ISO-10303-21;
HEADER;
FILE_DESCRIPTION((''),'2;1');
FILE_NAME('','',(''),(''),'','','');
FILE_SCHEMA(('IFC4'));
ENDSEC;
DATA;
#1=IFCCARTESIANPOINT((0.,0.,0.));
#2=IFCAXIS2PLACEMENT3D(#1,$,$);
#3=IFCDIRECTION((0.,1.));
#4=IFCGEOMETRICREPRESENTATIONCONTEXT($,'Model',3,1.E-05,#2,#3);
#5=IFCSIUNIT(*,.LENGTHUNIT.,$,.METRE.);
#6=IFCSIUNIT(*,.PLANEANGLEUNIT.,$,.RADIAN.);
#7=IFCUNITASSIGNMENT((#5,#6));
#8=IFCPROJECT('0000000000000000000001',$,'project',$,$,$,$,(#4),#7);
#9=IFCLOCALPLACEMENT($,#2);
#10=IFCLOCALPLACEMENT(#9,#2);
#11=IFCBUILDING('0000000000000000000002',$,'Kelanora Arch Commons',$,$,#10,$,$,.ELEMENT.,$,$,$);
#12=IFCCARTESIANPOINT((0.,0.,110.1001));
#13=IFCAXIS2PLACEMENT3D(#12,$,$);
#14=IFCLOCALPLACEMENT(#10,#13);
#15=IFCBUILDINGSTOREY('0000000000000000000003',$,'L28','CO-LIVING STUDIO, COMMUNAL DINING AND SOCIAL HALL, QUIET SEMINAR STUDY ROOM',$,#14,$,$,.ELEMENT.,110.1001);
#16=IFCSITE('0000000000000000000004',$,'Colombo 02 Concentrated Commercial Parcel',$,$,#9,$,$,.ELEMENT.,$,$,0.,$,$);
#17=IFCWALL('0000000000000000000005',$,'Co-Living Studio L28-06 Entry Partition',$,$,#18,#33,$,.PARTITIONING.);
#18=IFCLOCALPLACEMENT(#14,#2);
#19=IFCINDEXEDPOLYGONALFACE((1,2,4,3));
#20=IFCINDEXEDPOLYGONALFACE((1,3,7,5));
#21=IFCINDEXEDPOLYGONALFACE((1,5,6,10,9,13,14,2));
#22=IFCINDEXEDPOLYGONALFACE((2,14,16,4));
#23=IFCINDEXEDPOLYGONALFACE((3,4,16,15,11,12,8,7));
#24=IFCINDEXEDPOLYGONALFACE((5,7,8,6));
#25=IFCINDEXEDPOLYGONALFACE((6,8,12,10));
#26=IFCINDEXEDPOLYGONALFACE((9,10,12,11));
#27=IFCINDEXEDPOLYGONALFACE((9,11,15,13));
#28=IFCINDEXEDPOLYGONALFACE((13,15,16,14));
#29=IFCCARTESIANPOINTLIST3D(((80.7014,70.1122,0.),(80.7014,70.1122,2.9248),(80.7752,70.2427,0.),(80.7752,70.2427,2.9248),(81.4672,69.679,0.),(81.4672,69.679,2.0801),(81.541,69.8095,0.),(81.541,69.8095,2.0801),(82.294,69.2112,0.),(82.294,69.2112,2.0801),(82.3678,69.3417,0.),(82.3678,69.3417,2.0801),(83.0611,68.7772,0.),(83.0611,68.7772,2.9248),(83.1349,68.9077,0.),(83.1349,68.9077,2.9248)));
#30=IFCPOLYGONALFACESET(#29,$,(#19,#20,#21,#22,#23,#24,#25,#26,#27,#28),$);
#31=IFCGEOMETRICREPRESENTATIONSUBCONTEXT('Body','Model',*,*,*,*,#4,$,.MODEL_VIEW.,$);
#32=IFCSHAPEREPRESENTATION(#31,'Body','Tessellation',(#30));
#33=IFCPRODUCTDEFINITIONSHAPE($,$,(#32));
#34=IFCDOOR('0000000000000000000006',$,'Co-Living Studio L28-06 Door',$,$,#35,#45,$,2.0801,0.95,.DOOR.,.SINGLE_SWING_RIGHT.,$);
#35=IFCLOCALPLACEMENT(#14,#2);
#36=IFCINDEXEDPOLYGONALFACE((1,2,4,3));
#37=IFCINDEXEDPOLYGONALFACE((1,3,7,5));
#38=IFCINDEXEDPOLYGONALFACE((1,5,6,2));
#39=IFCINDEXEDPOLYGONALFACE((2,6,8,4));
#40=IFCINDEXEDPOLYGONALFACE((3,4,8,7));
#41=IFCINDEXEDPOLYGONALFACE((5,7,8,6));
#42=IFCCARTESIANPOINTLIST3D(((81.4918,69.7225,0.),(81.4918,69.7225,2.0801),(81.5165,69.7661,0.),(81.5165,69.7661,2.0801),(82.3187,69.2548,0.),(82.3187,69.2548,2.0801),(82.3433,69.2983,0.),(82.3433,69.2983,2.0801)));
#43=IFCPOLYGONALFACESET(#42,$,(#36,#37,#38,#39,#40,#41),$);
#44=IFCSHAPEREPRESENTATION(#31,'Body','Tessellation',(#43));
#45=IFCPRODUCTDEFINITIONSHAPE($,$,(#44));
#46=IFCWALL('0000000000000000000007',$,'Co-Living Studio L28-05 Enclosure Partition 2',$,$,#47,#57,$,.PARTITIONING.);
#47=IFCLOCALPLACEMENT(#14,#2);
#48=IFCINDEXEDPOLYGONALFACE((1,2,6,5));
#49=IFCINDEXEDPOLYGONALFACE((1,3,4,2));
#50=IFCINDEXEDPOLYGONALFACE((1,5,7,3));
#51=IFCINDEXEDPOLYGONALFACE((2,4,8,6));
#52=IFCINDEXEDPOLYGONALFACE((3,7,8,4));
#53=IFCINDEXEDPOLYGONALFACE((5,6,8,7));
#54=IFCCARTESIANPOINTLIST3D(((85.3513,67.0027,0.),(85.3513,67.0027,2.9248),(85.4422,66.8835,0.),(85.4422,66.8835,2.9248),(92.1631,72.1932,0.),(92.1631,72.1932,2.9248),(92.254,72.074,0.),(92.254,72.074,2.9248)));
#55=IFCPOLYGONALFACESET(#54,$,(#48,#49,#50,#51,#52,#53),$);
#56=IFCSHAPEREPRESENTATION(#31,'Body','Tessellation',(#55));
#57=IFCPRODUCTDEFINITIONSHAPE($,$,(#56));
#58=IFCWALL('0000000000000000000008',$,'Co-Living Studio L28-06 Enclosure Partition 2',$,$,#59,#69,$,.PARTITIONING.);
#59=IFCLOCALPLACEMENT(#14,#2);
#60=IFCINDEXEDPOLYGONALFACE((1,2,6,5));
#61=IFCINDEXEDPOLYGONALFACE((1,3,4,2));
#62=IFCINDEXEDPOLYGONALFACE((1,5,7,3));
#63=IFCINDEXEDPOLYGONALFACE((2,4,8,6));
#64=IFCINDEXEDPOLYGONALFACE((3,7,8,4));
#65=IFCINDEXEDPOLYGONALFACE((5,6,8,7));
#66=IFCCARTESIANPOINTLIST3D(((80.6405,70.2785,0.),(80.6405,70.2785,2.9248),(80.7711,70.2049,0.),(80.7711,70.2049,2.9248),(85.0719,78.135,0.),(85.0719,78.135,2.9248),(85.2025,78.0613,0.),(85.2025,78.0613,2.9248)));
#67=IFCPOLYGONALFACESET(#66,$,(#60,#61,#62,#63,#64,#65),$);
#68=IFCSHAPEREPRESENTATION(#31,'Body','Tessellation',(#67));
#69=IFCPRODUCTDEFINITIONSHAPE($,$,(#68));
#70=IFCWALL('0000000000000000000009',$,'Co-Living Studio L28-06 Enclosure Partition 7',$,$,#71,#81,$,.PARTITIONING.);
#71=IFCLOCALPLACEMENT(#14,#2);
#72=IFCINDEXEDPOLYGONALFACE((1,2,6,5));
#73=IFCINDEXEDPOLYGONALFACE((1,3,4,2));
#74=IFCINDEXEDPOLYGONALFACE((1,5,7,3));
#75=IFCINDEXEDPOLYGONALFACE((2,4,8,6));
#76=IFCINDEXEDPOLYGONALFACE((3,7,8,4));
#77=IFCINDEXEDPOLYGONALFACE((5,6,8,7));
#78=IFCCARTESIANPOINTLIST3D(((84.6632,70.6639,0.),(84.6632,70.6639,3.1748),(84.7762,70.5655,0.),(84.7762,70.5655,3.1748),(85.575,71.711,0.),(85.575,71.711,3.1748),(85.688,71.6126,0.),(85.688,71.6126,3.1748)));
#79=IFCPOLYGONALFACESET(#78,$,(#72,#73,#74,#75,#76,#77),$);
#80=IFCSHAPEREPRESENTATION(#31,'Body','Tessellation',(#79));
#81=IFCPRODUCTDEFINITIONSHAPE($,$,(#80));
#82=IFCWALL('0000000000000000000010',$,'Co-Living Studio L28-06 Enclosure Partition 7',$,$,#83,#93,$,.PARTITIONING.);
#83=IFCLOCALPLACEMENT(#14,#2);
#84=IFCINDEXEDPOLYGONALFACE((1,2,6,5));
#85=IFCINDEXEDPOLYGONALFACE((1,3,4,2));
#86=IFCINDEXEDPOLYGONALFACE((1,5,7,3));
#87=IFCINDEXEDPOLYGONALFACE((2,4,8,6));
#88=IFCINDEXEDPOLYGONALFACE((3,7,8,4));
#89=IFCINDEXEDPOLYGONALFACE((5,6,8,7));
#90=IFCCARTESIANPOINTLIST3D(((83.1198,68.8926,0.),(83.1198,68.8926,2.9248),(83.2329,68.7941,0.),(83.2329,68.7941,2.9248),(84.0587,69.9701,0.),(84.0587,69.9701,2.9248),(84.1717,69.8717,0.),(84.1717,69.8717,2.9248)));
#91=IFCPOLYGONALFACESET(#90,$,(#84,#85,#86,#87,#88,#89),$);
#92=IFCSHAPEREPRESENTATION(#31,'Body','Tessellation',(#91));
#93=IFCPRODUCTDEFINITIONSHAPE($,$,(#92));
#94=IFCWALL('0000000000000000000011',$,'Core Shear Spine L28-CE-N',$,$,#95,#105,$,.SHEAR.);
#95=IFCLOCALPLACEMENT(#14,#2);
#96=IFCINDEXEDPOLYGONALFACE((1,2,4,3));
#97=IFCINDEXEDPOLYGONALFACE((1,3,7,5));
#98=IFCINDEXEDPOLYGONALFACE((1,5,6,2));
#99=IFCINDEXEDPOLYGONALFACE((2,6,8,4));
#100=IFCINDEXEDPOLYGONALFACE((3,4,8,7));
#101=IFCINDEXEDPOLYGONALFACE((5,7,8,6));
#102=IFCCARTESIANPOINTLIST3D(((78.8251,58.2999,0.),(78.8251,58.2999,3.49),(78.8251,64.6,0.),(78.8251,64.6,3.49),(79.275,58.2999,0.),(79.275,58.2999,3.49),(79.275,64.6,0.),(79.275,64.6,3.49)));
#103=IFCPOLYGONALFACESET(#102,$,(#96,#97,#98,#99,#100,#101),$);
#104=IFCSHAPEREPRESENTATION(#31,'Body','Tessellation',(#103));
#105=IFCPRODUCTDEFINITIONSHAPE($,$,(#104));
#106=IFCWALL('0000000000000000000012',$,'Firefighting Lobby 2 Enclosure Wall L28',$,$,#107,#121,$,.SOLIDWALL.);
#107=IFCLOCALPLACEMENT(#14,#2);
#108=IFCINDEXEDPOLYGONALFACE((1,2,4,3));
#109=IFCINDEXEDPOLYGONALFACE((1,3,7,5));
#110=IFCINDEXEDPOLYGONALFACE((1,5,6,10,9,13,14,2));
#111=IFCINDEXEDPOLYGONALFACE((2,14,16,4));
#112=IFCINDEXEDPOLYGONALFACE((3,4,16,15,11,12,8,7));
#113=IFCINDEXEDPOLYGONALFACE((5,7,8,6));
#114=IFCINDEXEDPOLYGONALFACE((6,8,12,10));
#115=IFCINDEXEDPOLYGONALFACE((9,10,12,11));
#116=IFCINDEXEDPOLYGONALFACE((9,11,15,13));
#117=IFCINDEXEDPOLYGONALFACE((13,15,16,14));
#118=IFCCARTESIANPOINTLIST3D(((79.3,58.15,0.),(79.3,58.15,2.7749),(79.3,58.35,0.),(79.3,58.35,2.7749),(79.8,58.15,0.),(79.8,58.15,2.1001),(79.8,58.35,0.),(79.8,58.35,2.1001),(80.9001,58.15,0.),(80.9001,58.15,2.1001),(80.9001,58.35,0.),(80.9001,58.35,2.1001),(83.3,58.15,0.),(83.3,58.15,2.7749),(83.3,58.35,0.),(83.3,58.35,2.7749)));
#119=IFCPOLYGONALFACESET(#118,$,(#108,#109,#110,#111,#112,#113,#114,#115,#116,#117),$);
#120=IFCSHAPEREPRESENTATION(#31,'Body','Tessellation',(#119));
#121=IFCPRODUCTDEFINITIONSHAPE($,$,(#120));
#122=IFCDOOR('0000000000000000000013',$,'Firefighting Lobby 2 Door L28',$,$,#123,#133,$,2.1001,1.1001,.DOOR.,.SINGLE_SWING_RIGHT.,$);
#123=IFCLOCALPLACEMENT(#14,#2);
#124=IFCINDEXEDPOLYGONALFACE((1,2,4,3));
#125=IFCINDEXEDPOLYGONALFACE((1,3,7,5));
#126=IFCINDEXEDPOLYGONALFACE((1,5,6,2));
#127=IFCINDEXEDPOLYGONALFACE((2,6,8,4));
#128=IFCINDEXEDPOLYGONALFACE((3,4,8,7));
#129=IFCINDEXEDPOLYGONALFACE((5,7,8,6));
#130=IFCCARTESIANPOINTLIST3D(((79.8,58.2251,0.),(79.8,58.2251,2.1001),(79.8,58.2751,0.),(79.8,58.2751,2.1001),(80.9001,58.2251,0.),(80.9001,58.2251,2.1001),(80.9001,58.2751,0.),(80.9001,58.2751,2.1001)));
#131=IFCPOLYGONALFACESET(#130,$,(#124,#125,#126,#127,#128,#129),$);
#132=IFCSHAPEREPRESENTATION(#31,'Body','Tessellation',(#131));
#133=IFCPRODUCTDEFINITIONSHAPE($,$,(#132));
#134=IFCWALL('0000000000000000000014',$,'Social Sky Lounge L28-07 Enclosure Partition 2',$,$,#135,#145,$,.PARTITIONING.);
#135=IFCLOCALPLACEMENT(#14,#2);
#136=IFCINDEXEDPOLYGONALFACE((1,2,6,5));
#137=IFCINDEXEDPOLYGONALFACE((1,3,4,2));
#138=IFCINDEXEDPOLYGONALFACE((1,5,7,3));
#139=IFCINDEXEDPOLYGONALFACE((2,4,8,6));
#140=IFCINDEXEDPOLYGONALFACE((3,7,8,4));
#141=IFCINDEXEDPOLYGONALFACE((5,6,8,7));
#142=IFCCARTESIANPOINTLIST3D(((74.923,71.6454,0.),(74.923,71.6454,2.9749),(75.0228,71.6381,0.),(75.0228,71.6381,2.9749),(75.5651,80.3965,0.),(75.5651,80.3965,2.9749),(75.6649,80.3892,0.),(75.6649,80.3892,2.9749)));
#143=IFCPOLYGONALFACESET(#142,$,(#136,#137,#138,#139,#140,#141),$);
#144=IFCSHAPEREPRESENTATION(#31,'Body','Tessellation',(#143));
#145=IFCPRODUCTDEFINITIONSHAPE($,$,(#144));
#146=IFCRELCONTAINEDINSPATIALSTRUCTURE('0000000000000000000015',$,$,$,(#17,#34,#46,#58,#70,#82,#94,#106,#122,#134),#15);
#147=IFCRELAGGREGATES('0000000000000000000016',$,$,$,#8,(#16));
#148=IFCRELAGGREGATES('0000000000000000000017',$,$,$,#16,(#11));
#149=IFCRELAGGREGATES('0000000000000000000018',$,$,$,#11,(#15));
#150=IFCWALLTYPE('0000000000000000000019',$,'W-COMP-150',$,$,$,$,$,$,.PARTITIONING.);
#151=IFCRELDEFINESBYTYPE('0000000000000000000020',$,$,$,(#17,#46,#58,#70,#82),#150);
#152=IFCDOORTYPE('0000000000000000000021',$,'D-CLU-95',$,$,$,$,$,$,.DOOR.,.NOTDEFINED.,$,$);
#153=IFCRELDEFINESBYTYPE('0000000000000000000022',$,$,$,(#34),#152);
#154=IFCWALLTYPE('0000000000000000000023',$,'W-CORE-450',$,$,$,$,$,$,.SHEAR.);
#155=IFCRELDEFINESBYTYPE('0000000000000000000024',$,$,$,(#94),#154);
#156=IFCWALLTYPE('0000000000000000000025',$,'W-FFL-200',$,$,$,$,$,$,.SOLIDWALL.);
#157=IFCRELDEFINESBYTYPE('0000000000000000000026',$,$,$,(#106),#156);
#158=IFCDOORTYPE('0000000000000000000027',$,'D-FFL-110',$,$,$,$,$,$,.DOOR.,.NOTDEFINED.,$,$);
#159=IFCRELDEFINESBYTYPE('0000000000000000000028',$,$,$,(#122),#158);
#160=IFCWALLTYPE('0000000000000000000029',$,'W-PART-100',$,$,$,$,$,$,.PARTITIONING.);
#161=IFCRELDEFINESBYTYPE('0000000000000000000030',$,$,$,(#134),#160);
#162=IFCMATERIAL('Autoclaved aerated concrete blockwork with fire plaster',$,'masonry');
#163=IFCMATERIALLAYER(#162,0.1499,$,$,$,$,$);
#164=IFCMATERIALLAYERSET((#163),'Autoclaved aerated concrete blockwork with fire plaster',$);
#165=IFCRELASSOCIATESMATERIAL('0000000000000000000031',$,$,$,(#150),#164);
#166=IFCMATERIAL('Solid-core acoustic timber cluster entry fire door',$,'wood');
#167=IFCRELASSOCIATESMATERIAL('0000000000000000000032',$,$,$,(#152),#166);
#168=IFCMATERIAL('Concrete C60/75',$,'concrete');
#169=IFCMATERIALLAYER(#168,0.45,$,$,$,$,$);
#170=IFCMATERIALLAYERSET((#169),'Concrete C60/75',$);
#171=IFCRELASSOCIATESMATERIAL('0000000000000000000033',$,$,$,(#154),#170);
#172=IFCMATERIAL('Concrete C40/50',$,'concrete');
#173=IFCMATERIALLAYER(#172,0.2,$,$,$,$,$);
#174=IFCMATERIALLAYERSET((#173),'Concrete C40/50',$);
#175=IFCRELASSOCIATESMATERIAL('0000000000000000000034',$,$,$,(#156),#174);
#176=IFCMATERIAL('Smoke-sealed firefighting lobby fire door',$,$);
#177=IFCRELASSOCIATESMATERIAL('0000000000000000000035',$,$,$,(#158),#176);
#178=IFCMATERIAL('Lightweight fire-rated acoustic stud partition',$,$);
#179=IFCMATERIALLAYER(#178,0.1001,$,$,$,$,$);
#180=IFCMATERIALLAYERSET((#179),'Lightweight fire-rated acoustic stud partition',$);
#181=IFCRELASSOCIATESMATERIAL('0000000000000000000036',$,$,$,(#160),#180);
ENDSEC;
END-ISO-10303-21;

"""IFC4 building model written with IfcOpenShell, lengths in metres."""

from ifc_helpers import new_model, si_unit, direction, frame, frame_2d, origin, place, context, subcontext, project, spatial, rectangle, extrude, material, layer, layer_set, type_object, element, fill, save


model = new_model("IFC4")

# Units and contexts
model_context = context("Model", 3, precision=1e-05, world=origin(), true_north=direction((0.0, 1.0)))
body_context = subcontext(model_context, "Body", "Model", "MODEL_VIEW")
ifc_project = project(units=[si_unit("LENGTHUNIT", "METRE"), si_unit("PLANEANGLEUNIT", "RADIAN")], contexts=[model_context])

# Site, building, storey
site_placement = place(None, origin())
site = spatial("IfcSite", under=ifc_project, at=site_placement, Name="Colombo 02 Concentrated Commercial Parcel", CompositionType="ELEMENT", RefElevation=0.0)
building_placement = place(site_placement, origin())
building = spatial("IfcBuilding", under=site, at=building_placement, Name="Kelanora Arch Commons", CompositionType="ELEMENT")
storey_placement = place(building_placement, frame((0.0, 0.0, 110.1001)))
storey = spatial("IfcBuildingStorey", under=building, at=storey_placement, Name="L28", Description="CO-LIVING STUDIO, COMMUNAL DINING AND SOCIAL HALL, QUIET SEMINAR STUDY ROOM", CompositionType="ELEMENT", Elevation=110.1001)

# Shared definitions
ifc_material_1 = material(Name="Concrete C60/75", Category="concrete")

# Shared definitions
ifc_material_2 = material(Name="Autoclaved aerated concrete blockwork with fire plaster", Category="masonry")
ifc_layer_1 = layer(ifc_material_2, 0.1499)
ifc_layer_set_1 = layer_set([ifc_layer_1], Name="Autoclaved aerated concrete blockwork with fire plaster")
wall_type_1 = type_object("IfcWallType", Name="W-COMP-150", PredefinedType="PARTITIONING", material=ifc_layer_set_1)

# Wall, opening, door
wall_1_placement = place(storey_placement, frame((83.0979, 68.8425, 0.0), z_axis=(0.0, 0.0, 1.0), x_axis=(-0.870363, 0.49241, 0.0)))
wall_1 = element("IfcWall", 1, at=wall_1_placement, inside=storey, type_object=wall_type_1, Name="Co-Living Studio L28-06 Entry Partition", PredefinedType="PARTITIONING", context=body_context, shape_type="SweptSolid", body=[
    extrude(rectangle(XDim=2.7112, YDim=0.1499, at=frame_2d((1.3555, 0.0))), origin(), (0.0, 0.0, 1.0), 2.9248),
])
opening_1_placement = place(wall_1_placement, frame((0.8811, 0.0, 0.0)))
opening_1 = element("IfcOpeningElement", 2, at=opening_1_placement, cuts=wall_1, PredefinedType="OPENING", context=body_context, shape_type="SweptSolid", body=[
    extrude(rectangle(XDim=0.95, YDim=2.0801, at=frame_2d((0.4751, 1.04))), frame((0.0, 0.085, 0.0), z_axis=(0.0, -1.0, 0.0), x_axis=(1.0, 0.0, 0.0)), (0.0, 0.0, 1.0), 0.1699),
])
ifc_material_3 = material(Name="Solid-core acoustic timber cluster entry fire door", Category="wood")
door_type_1 = type_object("IfcDoorType", Name="D-CLU-95", OperationType="NOTDEFINED", PredefinedType="DOOR", material=ifc_material_3)
door_1_placement = place(opening_1_placement, origin())
door_1 = element("IfcDoor", 3, at=door_1_placement, inside=storey, type_object=door_type_1, Name="Co-Living Studio L28-06 Door", OperationType="SINGLE_SWING_RIGHT", OverallHeight=2.0801, OverallWidth=0.95, PredefinedType="DOOR", context=body_context, shape_type="SweptSolid", body=[
    extrude(rectangle(XDim=0.95, YDim=2.0801, at=frame_2d((0.4751, 1.04))), frame((0.0, 0.0249, 0.0), z_axis=(0.0, -1.0, 0.0), x_axis=(1.0, 0.0, 0.0)), (0.0, 0.0, 1.0), 0.05),
])
fill(opening_1, door_1)

# Walls
wall_2_placement = place(storey_placement, frame((85.3967, 66.9431, 0.0), z_axis=(0.0, 0.0, 1.0), x_axis=(0.795403, 0.606081, 0.0)))
element("IfcWall", 4, at=wall_2_placement, inside=storey, type_object=wall_type_1, Name="Co-Living Studio L28-05 Enclosure Partition 2", PredefinedType="PARTITIONING", context=body_context, shape_type="SweptSolid", body=[
    extrude(rectangle(XDim=8.564, YDim=0.1499, at=frame_2d((4.282, 0.0))), origin(), (0.0, 0.0, 1.0), 2.9248),
])
wall_3_placement = place(storey_placement, frame((80.7058, 70.2417, 0.0), z_axis=(0.0, 0.0, 1.0), x_axis=(0.491284, 0.871, 0.0)))
element("IfcWall", 5, at=wall_3_placement, inside=storey, type_object=wall_type_1, Name="Co-Living Studio L28-06 Enclosure Partition 2", PredefinedType="PARTITIONING", context=body_context, shape_type="SweptSolid", body=[
    extrude(rectangle(XDim=9.02, YDim=0.1499, at=frame_2d((4.51, 0.0))), origin(), (0.0, 0.0, 1.0), 2.9248),
])
wall_4_placement = place(storey_placement, frame((85.6316, 71.6619, 0.0), z_axis=(0.0, 0.0, 1.0), x_axis=(-0.656723, -0.754132, 0.0)))
element("IfcWall", 6, at=wall_4_placement, inside=storey, type_object=wall_type_1, Name="Co-Living Studio L28-06 Enclosure Partition 7", PredefinedType="PARTITIONING", context=body_context, shape_type="SweptSolid", body=[
    extrude(rectangle(XDim=1.3884, YDim=0.1499, at=frame_2d((0.6943, 0.0))), origin(), (0.0, 0.0, 1.0), 3.1748),
])
wall_5_placement = place(storey_placement, frame((84.1152, 69.9209, 0.0), z_axis=(0.0, 0.0, 1.0), x_axis=(-0.656931, -0.753951, 0.0)))
element("IfcWall", 7, at=wall_5_placement, inside=storey, type_object=wall_type_1, Name="Co-Living Studio L28-06 Enclosure Partition 7", PredefinedType="PARTITIONING", context=body_context, shape_type="SweptSolid", body=[
    extrude(rectangle(XDim=1.4292, YDim=0.1499, at=frame_2d((0.7146, 0.0))), origin(), (0.0, 0.0, 1.0), 2.9248),
])
ifc_layer_2 = layer(ifc_material_1, 0.45)
ifc_layer_set_2 = layer_set([ifc_layer_2], Name="Concrete C60/75")
wall_type_2 = type_object("IfcWallType", Name="W-CORE-450", PredefinedType="SHEAR", material=ifc_layer_set_2)
wall_6_placement = place(storey_placement, frame((79.05, 58.3, 0.0), z_axis=(0.0, 0.0, 1.0), x_axis=(0.0, 1.0, 0.0)))
element("IfcWall", 8, at=wall_6_placement, inside=storey, type_object=wall_type_2, Name="Core Shear Spine L28-CE-N", PredefinedType="SHEAR", context=body_context, shape_type="SweptSolid", body=[
    extrude(rectangle(XDim=6.3, YDim=0.45, at=frame_2d((3.1499, 0.0))), origin(), (0.0, 0.0, 1.0), 3.49),
])

# Wall, opening, door
ifc_material_4 = material(Name="Concrete C40/50", Category="concrete")
ifc_layer_3 = layer(ifc_material_4, 0.2)
ifc_layer_set_3 = layer_set([ifc_layer_3], Name="Concrete C40/50")
wall_type_3 = type_object("IfcWallType", Name="W-FFL-200", PredefinedType="SOLIDWALL", material=ifc_layer_set_3)
wall_7_placement = place(storey_placement, frame((79.3, 58.25, 0.0), z_axis=(0.0, 0.0, 1.0), x_axis=(1.0, 0.0, 0.0)))
wall_7 = element("IfcWall", 9, at=wall_7_placement, inside=storey, type_object=wall_type_3, Name="Firefighting Lobby 2 Enclosure Wall L28", PredefinedType="SOLIDWALL", context=body_context, shape_type="SweptSolid", body=[
    extrude(rectangle(XDim=4.0, YDim=0.2, at=frame_2d((2.0, 0.0))), origin(), (0.0, 0.0, 1.0), 2.7749),
])
opening_2_placement = place(wall_7_placement, frame((0.5, 0.0, 0.0)))
opening_2 = element("IfcOpeningElement", 10, at=opening_2_placement, cuts=wall_7, PredefinedType="OPENING", context=body_context, shape_type="SweptSolid", body=[
    extrude(rectangle(XDim=1.1001, YDim=2.1001, at=frame_2d((0.55, 1.05))), frame((0.0, 0.1099, 0.0), z_axis=(0.0, -1.0, 0.0), x_axis=(1.0, 0.0, 0.0)), (0.0, 0.0, 1.0), 0.22),
])
ifc_material_5 = material(Name="Smoke-sealed firefighting lobby fire door")
door_type_2 = type_object("IfcDoorType", Name="D-FFL-110", OperationType="NOTDEFINED", PredefinedType="DOOR", material=ifc_material_5)
door_2_placement = place(opening_2_placement, frame((1.1001, 0.0, 0.0), z_axis=(0.0, 0.0, 1.0), x_axis=(-1.0, 0.0, 0.0)))
door_2 = element("IfcDoor", 11, at=door_2_placement, inside=storey, type_object=door_type_2, Name="Firefighting Lobby 2 Door L28", OperationType="SINGLE_SWING_RIGHT", OverallHeight=2.1001, OverallWidth=1.1001, PredefinedType="DOOR", context=body_context, shape_type="SweptSolid", body=[
    extrude(rectangle(XDim=1.1001, YDim=2.1001, at=frame_2d((0.55, 1.05))), frame((0.0, 0.0249, 0.0), z_axis=(0.0, -1.0, 0.0), x_axis=(1.0, 0.0, 0.0)), (0.0, 0.0, 1.0), 0.05),
])
fill(opening_2, door_2)

# Wall
ifc_material_6 = material(Name="Lightweight fire-rated acoustic stud partition")
ifc_layer_4 = layer(ifc_material_6, 0.1001)
ifc_layer_set_4 = layer_set([ifc_layer_4], Name="Lightweight fire-rated acoustic stud partition")
wall_type_4 = type_object("IfcWallType", Name="W-PART-100", PredefinedType="PARTITIONING", material=ifc_layer_set_4)
wall_8_placement = place(storey_placement, frame((74.9729, 71.6418, 0.0), z_axis=(0.0, 0.0, 1.0), x_axis=(0.073175, 0.997319, 0.0)))
element("IfcWall", 12, at=wall_8_placement, inside=storey, type_object=wall_type_4, Name="Social Sky Lounge L28-07 Enclosure Partition 2", PredefinedType="PARTITIONING", context=body_context, shape_type="SweptSolid", body=[
    extrude(rectangle(XDim=8.7747, YDim=0.1001, at=frame_2d((4.3872, 0.0))), origin(), (0.0, 0.0, 1.0), 2.9749),
])

save(model, "model.ifc")
